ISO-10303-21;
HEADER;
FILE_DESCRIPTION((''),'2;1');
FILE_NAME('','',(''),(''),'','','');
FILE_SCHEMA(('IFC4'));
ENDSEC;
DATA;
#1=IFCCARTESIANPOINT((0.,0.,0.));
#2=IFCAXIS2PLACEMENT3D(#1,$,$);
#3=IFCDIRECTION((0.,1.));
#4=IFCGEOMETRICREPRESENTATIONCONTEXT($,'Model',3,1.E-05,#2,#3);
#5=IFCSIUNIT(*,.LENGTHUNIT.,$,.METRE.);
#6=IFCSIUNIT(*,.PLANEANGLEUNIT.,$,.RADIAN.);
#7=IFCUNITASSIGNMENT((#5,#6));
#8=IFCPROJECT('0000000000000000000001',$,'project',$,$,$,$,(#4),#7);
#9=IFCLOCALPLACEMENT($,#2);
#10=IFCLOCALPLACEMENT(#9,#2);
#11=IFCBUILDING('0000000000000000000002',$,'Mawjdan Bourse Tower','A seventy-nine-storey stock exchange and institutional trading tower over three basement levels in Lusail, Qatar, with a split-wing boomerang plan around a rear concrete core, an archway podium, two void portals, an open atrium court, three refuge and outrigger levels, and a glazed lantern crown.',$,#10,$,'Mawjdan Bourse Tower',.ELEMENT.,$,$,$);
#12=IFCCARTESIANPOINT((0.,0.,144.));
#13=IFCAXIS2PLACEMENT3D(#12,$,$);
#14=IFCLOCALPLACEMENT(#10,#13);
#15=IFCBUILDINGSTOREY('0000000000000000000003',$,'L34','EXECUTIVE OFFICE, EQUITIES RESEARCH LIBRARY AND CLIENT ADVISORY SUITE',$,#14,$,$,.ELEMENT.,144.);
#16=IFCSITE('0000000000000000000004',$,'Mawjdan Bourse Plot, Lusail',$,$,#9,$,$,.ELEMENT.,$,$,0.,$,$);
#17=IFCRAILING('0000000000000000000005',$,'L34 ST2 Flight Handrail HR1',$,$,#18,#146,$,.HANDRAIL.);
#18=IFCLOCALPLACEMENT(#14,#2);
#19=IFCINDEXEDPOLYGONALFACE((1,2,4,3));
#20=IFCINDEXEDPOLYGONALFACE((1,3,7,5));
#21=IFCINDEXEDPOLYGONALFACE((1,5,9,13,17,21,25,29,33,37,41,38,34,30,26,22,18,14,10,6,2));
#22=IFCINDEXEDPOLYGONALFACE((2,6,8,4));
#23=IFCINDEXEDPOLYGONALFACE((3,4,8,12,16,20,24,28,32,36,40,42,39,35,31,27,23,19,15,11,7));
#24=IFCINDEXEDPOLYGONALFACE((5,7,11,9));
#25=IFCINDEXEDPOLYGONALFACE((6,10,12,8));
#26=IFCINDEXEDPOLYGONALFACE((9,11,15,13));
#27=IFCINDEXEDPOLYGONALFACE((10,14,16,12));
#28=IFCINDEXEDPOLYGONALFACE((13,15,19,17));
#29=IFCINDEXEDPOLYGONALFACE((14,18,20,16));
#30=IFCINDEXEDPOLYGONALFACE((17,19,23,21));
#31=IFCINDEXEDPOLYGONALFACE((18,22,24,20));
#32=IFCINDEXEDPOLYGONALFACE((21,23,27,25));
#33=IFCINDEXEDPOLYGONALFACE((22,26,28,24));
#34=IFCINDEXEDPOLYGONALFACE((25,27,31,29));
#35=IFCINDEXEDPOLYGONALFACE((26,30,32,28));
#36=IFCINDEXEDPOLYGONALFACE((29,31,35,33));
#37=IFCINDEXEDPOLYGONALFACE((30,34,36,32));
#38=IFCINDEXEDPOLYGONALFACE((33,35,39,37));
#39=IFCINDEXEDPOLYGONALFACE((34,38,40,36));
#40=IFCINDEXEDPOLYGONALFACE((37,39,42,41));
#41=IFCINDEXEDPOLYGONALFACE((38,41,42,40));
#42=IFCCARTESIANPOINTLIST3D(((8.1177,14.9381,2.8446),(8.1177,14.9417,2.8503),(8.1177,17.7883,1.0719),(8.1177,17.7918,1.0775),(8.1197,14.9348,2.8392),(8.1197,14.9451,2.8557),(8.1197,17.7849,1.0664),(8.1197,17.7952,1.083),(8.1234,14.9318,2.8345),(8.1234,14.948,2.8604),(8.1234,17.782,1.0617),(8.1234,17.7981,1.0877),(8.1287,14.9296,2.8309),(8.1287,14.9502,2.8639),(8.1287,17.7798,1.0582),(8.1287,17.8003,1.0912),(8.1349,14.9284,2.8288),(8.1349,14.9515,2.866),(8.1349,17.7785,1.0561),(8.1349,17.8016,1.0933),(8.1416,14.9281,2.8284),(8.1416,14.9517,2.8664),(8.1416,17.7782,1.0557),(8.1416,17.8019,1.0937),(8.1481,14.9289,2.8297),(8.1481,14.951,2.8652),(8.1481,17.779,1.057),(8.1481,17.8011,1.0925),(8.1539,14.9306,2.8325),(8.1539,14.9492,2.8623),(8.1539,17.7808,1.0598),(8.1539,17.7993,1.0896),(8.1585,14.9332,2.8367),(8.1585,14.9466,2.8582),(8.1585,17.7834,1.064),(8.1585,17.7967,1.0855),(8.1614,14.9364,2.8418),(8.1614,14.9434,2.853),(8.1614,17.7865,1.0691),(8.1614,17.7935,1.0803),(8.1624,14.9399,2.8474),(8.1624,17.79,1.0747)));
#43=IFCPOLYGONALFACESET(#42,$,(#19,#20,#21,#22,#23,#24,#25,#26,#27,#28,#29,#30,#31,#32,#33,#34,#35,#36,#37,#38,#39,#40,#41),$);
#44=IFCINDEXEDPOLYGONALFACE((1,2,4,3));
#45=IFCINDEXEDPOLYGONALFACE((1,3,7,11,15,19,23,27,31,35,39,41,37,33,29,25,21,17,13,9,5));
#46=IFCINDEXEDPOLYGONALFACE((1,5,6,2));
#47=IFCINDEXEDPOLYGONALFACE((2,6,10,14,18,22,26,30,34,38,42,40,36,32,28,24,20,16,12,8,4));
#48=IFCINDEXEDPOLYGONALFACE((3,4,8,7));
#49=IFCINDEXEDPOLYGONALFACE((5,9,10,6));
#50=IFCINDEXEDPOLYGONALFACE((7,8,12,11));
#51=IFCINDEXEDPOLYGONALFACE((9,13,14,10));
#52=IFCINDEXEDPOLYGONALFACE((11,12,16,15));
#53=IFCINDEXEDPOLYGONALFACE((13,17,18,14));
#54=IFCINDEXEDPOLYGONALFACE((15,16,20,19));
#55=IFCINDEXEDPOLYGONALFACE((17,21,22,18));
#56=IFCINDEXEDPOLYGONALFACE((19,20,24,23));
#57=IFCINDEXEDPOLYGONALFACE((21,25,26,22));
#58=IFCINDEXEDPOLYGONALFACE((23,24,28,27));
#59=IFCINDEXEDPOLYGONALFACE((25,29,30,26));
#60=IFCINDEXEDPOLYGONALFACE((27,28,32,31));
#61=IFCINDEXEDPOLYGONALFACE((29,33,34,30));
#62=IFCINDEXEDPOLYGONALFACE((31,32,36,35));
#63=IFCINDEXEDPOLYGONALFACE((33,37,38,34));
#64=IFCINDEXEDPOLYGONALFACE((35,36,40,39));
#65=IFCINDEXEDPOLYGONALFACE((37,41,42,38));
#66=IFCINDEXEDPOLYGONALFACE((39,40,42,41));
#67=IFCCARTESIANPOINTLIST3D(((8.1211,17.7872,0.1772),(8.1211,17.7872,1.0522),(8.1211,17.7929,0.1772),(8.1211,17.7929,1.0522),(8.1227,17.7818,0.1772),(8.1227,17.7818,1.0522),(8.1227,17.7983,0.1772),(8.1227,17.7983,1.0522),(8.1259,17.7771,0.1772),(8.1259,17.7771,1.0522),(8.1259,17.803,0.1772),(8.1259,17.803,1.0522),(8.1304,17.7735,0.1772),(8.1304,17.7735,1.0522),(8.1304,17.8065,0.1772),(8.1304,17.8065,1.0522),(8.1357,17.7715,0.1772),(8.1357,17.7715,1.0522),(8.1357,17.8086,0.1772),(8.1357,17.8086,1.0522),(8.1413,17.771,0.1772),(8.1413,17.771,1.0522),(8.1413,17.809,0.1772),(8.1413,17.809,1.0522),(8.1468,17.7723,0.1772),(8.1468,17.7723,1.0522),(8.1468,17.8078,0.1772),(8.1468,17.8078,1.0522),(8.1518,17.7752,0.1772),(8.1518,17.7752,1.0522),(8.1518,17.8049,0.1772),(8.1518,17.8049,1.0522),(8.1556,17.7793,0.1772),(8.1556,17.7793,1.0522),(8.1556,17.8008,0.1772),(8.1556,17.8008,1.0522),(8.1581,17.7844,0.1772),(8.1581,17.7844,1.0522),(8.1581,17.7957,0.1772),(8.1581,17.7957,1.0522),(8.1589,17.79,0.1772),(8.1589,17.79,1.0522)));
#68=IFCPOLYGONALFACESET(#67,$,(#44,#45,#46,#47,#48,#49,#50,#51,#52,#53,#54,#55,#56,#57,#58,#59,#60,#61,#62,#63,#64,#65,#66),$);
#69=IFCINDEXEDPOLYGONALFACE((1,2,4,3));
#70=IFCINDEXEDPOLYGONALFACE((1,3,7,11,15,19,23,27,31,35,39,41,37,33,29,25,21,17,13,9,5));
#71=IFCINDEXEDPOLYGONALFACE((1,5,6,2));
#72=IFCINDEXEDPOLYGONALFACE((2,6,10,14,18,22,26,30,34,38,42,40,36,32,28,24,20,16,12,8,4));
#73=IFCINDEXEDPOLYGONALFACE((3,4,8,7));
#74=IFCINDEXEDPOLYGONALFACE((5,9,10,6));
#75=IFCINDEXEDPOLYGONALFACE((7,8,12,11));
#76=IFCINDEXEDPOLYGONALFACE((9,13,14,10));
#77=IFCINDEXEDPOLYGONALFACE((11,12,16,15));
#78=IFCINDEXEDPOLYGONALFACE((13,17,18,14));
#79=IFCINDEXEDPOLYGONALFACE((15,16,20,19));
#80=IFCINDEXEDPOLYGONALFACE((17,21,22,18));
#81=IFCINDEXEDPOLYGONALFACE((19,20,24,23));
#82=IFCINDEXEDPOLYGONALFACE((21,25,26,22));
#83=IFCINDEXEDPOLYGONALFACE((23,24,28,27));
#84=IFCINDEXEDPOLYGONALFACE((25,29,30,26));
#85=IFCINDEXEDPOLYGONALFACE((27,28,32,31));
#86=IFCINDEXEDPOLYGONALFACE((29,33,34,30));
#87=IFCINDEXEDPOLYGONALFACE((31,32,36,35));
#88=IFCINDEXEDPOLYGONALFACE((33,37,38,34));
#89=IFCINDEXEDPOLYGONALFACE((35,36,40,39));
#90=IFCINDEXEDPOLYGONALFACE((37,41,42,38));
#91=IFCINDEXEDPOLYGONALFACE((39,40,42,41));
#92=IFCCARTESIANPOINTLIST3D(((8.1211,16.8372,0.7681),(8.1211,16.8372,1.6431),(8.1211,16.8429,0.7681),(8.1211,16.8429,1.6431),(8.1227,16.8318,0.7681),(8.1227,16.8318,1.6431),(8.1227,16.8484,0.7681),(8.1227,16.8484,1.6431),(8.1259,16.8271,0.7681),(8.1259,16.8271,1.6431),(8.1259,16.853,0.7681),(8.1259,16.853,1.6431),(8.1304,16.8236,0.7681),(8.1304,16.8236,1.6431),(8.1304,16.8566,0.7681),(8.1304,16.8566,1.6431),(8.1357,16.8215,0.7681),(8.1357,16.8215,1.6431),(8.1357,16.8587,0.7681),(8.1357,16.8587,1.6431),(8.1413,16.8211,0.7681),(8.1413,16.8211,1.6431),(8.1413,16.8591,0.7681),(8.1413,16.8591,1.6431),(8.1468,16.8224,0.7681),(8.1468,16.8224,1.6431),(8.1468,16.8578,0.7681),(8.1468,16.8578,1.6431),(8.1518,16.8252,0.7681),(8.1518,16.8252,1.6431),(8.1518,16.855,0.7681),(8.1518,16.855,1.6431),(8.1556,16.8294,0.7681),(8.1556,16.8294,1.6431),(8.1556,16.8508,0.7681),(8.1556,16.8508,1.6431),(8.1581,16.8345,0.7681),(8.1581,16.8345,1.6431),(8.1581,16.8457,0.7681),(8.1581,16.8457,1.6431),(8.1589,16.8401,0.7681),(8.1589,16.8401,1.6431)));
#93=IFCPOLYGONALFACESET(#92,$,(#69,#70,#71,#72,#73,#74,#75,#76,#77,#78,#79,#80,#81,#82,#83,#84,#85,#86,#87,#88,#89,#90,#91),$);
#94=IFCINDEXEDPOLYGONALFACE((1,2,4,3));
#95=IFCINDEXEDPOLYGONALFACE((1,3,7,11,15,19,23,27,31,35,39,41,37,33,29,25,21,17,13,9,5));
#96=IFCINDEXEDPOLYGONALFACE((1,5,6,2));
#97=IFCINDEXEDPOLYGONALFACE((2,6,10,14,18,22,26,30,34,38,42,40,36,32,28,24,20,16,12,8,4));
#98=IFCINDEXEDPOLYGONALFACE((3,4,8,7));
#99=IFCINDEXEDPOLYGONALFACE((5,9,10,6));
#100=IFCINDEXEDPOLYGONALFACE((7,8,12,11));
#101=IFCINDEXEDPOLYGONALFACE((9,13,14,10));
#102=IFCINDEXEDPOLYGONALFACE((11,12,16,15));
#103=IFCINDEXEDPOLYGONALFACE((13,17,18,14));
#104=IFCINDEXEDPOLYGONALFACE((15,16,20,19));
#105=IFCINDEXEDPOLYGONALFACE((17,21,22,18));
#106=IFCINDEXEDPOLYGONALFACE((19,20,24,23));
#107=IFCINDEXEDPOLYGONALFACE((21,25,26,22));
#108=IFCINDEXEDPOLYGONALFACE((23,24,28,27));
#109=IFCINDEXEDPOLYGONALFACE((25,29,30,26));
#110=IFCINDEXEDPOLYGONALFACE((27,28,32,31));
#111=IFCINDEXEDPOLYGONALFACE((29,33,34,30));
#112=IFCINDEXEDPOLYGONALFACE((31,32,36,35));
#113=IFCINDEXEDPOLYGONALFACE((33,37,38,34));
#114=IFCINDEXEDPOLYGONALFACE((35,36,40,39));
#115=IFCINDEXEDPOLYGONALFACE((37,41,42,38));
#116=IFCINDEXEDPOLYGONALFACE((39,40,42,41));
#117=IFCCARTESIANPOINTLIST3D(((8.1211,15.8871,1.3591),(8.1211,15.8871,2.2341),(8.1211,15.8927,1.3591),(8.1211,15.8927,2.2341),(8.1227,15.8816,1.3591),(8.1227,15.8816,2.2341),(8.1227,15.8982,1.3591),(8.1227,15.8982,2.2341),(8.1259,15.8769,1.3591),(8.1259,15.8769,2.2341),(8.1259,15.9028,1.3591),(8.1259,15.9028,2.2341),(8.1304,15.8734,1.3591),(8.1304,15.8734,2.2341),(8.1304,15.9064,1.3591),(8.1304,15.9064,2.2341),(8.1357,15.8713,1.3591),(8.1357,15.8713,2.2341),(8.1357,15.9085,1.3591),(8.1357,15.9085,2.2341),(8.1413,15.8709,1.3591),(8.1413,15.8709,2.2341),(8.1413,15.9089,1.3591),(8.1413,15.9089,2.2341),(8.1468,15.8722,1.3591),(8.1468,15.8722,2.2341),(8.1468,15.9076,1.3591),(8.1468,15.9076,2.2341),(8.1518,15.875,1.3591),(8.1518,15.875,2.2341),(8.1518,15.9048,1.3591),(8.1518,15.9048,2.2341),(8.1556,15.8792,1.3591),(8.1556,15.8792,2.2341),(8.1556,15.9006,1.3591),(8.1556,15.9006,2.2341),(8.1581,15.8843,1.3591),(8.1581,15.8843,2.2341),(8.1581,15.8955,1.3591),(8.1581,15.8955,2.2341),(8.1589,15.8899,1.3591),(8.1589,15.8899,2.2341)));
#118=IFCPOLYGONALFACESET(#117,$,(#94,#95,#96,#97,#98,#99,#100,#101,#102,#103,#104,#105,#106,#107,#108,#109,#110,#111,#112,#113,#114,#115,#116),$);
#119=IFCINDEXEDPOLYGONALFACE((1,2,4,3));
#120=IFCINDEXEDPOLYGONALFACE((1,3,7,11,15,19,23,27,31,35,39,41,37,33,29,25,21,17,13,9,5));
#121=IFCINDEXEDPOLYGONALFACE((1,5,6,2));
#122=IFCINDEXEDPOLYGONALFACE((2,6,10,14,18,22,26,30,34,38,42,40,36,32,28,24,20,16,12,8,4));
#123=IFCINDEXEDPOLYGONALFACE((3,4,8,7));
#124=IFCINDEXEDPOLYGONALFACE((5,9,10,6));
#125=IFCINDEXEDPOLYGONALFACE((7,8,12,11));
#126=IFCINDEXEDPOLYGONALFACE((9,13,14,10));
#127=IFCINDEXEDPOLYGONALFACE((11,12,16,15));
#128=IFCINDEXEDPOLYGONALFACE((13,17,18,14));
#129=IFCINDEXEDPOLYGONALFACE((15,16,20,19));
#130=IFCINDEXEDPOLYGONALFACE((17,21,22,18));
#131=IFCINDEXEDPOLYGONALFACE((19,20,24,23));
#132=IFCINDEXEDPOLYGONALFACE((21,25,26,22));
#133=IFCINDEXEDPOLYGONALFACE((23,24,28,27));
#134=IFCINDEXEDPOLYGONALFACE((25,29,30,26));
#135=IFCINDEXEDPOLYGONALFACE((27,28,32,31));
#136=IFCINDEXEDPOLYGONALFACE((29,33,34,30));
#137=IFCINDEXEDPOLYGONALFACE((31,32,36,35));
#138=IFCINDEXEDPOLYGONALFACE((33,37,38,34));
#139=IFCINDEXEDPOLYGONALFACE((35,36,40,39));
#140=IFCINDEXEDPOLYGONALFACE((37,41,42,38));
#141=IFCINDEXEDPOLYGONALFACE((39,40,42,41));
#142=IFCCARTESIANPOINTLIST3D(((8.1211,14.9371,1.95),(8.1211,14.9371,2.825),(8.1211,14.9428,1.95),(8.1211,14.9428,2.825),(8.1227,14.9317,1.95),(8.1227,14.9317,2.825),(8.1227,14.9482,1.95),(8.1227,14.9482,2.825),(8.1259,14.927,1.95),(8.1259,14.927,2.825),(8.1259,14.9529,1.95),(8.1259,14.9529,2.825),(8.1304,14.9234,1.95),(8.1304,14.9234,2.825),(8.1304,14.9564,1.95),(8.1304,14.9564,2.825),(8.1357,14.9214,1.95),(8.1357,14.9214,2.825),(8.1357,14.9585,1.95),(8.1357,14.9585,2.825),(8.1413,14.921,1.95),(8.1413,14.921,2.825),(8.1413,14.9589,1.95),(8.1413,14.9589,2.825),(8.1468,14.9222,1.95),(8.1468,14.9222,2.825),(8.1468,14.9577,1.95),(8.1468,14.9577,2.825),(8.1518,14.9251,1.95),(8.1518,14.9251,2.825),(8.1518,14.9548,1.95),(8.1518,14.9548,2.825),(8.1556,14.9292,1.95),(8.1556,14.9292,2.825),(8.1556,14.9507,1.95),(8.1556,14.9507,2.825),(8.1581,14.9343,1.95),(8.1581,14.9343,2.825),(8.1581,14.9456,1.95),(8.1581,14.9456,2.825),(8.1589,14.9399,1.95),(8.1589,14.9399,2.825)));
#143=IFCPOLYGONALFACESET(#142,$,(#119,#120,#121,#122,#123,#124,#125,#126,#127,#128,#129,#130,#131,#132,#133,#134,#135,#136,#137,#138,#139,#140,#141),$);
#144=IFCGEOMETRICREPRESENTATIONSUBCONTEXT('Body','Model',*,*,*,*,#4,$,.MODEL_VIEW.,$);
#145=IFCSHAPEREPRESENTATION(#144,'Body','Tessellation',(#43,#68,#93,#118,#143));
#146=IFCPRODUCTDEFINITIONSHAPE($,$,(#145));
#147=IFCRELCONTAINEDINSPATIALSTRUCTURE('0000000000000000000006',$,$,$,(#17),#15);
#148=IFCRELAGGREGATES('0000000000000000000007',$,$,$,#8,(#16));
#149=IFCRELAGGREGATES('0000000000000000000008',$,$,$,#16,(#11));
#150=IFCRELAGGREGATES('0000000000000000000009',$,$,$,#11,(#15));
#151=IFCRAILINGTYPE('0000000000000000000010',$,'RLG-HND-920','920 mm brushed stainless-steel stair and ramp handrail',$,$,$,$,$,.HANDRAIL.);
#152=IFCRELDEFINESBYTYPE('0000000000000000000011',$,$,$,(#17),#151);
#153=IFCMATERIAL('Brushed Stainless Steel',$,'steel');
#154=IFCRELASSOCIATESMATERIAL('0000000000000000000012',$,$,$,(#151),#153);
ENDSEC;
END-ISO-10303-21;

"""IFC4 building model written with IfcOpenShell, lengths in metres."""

from ifc_helpers import new_model, si_unit, direction, frame, origin, origin_2d, place, context, subcontext, project, spatial, circle, extrude, material, type_object, element, save


model = new_model("IFC4")

# Units and contexts
model_context = context("Model", 3, precision=1e-05, world=origin(), true_north=direction((0.0, 1.0)))
body_context = subcontext(model_context, "Body", "Model", "MODEL_VIEW")
ifc_project = project(units=[si_unit("LENGTHUNIT", "METRE"), si_unit("PLANEANGLEUNIT", "RADIAN")], contexts=[model_context])

# Site, building, storey
site_placement = place(None, origin())
site = spatial("IfcSite", under=ifc_project, at=site_placement, Name="Mawjdan Bourse Plot, Lusail", CompositionType="ELEMENT", RefElevation=0.0)
building_placement = place(site_placement, origin())
building = spatial("IfcBuilding", under=site, at=building_placement, Name="Mawjdan Bourse Tower", Description="A seventy-nine-storey stock exchange and institutional trading tower over three basement levels in Lusail, Qatar, with a split-wing boomerang plan around a rear concrete core, an archway podium, two void portals, an open atrium court, three refuge and outrigger levels, and a glazed lantern crown.", LongName="Mawjdan Bourse Tower", CompositionType="ELEMENT")
storey_placement = place(building_placement, frame((0.0, 0.0, 144.0)))
storey = spatial("IfcBuildingStorey", under=building, at=storey_placement, Name="L34", Description="EXECUTIVE OFFICE, EQUITIES RESEARCH LIBRARY AND CLIENT ADVISORY SUITE", CompositionType="ELEMENT", Elevation=144.0)

# Shared definitions
ifc_material_1 = material(Name="Brushed Stainless Steel", Category="steel")

# Railing
railing_type_1 = type_object("IfcRailingType", Name="RLG-HND-920", Description="920 mm brushed stainless-steel stair and ramp handrail", PredefinedType="HANDRAIL", material=ifc_material_1)
for number, where, name in (
    (1, (8.1399, 17.79, 0.1772), "L34 ST2 Flight Handrail HR1"),
):
    element("IfcRailing", number, at=place(storey_placement, frame(where)), inside=storey, type_object=railing_type_1, Name=name, PredefinedType="HANDRAIL", context=body_context, shape_type="SweptSolid", body=[
        extrude(circle(Radius=0.0225, at=origin_2d()), frame((0.0, 0.0, 0.8975), z_axis=(0.0, -0.849149, 0.528154), x_axis=(1.0, 0.0, 0.0)), (0.0, 0.0, 1.0), 3.3564),
        extrude(circle(Radius=0.019, at=origin_2d()), origin(), (0.0, 0.0, 1.0), 0.875),
        extrude(circle(Radius=0.019, at=origin_2d()), frame((0.0, -0.95, 0.5908)), (0.0, 0.0, 1.0), 0.875),
        extrude(circle(Radius=0.019, at=origin_2d()), frame((0.0, -1.9001, 1.1819)), (0.0, 0.0, 1.0), 0.875),
        extrude(circle(Radius=0.019, at=origin_2d()), frame((0.0, -2.8501, 1.7727)), (0.0, 0.0, 1.0), 0.875),
    ])

save(model, "model.ifc")
